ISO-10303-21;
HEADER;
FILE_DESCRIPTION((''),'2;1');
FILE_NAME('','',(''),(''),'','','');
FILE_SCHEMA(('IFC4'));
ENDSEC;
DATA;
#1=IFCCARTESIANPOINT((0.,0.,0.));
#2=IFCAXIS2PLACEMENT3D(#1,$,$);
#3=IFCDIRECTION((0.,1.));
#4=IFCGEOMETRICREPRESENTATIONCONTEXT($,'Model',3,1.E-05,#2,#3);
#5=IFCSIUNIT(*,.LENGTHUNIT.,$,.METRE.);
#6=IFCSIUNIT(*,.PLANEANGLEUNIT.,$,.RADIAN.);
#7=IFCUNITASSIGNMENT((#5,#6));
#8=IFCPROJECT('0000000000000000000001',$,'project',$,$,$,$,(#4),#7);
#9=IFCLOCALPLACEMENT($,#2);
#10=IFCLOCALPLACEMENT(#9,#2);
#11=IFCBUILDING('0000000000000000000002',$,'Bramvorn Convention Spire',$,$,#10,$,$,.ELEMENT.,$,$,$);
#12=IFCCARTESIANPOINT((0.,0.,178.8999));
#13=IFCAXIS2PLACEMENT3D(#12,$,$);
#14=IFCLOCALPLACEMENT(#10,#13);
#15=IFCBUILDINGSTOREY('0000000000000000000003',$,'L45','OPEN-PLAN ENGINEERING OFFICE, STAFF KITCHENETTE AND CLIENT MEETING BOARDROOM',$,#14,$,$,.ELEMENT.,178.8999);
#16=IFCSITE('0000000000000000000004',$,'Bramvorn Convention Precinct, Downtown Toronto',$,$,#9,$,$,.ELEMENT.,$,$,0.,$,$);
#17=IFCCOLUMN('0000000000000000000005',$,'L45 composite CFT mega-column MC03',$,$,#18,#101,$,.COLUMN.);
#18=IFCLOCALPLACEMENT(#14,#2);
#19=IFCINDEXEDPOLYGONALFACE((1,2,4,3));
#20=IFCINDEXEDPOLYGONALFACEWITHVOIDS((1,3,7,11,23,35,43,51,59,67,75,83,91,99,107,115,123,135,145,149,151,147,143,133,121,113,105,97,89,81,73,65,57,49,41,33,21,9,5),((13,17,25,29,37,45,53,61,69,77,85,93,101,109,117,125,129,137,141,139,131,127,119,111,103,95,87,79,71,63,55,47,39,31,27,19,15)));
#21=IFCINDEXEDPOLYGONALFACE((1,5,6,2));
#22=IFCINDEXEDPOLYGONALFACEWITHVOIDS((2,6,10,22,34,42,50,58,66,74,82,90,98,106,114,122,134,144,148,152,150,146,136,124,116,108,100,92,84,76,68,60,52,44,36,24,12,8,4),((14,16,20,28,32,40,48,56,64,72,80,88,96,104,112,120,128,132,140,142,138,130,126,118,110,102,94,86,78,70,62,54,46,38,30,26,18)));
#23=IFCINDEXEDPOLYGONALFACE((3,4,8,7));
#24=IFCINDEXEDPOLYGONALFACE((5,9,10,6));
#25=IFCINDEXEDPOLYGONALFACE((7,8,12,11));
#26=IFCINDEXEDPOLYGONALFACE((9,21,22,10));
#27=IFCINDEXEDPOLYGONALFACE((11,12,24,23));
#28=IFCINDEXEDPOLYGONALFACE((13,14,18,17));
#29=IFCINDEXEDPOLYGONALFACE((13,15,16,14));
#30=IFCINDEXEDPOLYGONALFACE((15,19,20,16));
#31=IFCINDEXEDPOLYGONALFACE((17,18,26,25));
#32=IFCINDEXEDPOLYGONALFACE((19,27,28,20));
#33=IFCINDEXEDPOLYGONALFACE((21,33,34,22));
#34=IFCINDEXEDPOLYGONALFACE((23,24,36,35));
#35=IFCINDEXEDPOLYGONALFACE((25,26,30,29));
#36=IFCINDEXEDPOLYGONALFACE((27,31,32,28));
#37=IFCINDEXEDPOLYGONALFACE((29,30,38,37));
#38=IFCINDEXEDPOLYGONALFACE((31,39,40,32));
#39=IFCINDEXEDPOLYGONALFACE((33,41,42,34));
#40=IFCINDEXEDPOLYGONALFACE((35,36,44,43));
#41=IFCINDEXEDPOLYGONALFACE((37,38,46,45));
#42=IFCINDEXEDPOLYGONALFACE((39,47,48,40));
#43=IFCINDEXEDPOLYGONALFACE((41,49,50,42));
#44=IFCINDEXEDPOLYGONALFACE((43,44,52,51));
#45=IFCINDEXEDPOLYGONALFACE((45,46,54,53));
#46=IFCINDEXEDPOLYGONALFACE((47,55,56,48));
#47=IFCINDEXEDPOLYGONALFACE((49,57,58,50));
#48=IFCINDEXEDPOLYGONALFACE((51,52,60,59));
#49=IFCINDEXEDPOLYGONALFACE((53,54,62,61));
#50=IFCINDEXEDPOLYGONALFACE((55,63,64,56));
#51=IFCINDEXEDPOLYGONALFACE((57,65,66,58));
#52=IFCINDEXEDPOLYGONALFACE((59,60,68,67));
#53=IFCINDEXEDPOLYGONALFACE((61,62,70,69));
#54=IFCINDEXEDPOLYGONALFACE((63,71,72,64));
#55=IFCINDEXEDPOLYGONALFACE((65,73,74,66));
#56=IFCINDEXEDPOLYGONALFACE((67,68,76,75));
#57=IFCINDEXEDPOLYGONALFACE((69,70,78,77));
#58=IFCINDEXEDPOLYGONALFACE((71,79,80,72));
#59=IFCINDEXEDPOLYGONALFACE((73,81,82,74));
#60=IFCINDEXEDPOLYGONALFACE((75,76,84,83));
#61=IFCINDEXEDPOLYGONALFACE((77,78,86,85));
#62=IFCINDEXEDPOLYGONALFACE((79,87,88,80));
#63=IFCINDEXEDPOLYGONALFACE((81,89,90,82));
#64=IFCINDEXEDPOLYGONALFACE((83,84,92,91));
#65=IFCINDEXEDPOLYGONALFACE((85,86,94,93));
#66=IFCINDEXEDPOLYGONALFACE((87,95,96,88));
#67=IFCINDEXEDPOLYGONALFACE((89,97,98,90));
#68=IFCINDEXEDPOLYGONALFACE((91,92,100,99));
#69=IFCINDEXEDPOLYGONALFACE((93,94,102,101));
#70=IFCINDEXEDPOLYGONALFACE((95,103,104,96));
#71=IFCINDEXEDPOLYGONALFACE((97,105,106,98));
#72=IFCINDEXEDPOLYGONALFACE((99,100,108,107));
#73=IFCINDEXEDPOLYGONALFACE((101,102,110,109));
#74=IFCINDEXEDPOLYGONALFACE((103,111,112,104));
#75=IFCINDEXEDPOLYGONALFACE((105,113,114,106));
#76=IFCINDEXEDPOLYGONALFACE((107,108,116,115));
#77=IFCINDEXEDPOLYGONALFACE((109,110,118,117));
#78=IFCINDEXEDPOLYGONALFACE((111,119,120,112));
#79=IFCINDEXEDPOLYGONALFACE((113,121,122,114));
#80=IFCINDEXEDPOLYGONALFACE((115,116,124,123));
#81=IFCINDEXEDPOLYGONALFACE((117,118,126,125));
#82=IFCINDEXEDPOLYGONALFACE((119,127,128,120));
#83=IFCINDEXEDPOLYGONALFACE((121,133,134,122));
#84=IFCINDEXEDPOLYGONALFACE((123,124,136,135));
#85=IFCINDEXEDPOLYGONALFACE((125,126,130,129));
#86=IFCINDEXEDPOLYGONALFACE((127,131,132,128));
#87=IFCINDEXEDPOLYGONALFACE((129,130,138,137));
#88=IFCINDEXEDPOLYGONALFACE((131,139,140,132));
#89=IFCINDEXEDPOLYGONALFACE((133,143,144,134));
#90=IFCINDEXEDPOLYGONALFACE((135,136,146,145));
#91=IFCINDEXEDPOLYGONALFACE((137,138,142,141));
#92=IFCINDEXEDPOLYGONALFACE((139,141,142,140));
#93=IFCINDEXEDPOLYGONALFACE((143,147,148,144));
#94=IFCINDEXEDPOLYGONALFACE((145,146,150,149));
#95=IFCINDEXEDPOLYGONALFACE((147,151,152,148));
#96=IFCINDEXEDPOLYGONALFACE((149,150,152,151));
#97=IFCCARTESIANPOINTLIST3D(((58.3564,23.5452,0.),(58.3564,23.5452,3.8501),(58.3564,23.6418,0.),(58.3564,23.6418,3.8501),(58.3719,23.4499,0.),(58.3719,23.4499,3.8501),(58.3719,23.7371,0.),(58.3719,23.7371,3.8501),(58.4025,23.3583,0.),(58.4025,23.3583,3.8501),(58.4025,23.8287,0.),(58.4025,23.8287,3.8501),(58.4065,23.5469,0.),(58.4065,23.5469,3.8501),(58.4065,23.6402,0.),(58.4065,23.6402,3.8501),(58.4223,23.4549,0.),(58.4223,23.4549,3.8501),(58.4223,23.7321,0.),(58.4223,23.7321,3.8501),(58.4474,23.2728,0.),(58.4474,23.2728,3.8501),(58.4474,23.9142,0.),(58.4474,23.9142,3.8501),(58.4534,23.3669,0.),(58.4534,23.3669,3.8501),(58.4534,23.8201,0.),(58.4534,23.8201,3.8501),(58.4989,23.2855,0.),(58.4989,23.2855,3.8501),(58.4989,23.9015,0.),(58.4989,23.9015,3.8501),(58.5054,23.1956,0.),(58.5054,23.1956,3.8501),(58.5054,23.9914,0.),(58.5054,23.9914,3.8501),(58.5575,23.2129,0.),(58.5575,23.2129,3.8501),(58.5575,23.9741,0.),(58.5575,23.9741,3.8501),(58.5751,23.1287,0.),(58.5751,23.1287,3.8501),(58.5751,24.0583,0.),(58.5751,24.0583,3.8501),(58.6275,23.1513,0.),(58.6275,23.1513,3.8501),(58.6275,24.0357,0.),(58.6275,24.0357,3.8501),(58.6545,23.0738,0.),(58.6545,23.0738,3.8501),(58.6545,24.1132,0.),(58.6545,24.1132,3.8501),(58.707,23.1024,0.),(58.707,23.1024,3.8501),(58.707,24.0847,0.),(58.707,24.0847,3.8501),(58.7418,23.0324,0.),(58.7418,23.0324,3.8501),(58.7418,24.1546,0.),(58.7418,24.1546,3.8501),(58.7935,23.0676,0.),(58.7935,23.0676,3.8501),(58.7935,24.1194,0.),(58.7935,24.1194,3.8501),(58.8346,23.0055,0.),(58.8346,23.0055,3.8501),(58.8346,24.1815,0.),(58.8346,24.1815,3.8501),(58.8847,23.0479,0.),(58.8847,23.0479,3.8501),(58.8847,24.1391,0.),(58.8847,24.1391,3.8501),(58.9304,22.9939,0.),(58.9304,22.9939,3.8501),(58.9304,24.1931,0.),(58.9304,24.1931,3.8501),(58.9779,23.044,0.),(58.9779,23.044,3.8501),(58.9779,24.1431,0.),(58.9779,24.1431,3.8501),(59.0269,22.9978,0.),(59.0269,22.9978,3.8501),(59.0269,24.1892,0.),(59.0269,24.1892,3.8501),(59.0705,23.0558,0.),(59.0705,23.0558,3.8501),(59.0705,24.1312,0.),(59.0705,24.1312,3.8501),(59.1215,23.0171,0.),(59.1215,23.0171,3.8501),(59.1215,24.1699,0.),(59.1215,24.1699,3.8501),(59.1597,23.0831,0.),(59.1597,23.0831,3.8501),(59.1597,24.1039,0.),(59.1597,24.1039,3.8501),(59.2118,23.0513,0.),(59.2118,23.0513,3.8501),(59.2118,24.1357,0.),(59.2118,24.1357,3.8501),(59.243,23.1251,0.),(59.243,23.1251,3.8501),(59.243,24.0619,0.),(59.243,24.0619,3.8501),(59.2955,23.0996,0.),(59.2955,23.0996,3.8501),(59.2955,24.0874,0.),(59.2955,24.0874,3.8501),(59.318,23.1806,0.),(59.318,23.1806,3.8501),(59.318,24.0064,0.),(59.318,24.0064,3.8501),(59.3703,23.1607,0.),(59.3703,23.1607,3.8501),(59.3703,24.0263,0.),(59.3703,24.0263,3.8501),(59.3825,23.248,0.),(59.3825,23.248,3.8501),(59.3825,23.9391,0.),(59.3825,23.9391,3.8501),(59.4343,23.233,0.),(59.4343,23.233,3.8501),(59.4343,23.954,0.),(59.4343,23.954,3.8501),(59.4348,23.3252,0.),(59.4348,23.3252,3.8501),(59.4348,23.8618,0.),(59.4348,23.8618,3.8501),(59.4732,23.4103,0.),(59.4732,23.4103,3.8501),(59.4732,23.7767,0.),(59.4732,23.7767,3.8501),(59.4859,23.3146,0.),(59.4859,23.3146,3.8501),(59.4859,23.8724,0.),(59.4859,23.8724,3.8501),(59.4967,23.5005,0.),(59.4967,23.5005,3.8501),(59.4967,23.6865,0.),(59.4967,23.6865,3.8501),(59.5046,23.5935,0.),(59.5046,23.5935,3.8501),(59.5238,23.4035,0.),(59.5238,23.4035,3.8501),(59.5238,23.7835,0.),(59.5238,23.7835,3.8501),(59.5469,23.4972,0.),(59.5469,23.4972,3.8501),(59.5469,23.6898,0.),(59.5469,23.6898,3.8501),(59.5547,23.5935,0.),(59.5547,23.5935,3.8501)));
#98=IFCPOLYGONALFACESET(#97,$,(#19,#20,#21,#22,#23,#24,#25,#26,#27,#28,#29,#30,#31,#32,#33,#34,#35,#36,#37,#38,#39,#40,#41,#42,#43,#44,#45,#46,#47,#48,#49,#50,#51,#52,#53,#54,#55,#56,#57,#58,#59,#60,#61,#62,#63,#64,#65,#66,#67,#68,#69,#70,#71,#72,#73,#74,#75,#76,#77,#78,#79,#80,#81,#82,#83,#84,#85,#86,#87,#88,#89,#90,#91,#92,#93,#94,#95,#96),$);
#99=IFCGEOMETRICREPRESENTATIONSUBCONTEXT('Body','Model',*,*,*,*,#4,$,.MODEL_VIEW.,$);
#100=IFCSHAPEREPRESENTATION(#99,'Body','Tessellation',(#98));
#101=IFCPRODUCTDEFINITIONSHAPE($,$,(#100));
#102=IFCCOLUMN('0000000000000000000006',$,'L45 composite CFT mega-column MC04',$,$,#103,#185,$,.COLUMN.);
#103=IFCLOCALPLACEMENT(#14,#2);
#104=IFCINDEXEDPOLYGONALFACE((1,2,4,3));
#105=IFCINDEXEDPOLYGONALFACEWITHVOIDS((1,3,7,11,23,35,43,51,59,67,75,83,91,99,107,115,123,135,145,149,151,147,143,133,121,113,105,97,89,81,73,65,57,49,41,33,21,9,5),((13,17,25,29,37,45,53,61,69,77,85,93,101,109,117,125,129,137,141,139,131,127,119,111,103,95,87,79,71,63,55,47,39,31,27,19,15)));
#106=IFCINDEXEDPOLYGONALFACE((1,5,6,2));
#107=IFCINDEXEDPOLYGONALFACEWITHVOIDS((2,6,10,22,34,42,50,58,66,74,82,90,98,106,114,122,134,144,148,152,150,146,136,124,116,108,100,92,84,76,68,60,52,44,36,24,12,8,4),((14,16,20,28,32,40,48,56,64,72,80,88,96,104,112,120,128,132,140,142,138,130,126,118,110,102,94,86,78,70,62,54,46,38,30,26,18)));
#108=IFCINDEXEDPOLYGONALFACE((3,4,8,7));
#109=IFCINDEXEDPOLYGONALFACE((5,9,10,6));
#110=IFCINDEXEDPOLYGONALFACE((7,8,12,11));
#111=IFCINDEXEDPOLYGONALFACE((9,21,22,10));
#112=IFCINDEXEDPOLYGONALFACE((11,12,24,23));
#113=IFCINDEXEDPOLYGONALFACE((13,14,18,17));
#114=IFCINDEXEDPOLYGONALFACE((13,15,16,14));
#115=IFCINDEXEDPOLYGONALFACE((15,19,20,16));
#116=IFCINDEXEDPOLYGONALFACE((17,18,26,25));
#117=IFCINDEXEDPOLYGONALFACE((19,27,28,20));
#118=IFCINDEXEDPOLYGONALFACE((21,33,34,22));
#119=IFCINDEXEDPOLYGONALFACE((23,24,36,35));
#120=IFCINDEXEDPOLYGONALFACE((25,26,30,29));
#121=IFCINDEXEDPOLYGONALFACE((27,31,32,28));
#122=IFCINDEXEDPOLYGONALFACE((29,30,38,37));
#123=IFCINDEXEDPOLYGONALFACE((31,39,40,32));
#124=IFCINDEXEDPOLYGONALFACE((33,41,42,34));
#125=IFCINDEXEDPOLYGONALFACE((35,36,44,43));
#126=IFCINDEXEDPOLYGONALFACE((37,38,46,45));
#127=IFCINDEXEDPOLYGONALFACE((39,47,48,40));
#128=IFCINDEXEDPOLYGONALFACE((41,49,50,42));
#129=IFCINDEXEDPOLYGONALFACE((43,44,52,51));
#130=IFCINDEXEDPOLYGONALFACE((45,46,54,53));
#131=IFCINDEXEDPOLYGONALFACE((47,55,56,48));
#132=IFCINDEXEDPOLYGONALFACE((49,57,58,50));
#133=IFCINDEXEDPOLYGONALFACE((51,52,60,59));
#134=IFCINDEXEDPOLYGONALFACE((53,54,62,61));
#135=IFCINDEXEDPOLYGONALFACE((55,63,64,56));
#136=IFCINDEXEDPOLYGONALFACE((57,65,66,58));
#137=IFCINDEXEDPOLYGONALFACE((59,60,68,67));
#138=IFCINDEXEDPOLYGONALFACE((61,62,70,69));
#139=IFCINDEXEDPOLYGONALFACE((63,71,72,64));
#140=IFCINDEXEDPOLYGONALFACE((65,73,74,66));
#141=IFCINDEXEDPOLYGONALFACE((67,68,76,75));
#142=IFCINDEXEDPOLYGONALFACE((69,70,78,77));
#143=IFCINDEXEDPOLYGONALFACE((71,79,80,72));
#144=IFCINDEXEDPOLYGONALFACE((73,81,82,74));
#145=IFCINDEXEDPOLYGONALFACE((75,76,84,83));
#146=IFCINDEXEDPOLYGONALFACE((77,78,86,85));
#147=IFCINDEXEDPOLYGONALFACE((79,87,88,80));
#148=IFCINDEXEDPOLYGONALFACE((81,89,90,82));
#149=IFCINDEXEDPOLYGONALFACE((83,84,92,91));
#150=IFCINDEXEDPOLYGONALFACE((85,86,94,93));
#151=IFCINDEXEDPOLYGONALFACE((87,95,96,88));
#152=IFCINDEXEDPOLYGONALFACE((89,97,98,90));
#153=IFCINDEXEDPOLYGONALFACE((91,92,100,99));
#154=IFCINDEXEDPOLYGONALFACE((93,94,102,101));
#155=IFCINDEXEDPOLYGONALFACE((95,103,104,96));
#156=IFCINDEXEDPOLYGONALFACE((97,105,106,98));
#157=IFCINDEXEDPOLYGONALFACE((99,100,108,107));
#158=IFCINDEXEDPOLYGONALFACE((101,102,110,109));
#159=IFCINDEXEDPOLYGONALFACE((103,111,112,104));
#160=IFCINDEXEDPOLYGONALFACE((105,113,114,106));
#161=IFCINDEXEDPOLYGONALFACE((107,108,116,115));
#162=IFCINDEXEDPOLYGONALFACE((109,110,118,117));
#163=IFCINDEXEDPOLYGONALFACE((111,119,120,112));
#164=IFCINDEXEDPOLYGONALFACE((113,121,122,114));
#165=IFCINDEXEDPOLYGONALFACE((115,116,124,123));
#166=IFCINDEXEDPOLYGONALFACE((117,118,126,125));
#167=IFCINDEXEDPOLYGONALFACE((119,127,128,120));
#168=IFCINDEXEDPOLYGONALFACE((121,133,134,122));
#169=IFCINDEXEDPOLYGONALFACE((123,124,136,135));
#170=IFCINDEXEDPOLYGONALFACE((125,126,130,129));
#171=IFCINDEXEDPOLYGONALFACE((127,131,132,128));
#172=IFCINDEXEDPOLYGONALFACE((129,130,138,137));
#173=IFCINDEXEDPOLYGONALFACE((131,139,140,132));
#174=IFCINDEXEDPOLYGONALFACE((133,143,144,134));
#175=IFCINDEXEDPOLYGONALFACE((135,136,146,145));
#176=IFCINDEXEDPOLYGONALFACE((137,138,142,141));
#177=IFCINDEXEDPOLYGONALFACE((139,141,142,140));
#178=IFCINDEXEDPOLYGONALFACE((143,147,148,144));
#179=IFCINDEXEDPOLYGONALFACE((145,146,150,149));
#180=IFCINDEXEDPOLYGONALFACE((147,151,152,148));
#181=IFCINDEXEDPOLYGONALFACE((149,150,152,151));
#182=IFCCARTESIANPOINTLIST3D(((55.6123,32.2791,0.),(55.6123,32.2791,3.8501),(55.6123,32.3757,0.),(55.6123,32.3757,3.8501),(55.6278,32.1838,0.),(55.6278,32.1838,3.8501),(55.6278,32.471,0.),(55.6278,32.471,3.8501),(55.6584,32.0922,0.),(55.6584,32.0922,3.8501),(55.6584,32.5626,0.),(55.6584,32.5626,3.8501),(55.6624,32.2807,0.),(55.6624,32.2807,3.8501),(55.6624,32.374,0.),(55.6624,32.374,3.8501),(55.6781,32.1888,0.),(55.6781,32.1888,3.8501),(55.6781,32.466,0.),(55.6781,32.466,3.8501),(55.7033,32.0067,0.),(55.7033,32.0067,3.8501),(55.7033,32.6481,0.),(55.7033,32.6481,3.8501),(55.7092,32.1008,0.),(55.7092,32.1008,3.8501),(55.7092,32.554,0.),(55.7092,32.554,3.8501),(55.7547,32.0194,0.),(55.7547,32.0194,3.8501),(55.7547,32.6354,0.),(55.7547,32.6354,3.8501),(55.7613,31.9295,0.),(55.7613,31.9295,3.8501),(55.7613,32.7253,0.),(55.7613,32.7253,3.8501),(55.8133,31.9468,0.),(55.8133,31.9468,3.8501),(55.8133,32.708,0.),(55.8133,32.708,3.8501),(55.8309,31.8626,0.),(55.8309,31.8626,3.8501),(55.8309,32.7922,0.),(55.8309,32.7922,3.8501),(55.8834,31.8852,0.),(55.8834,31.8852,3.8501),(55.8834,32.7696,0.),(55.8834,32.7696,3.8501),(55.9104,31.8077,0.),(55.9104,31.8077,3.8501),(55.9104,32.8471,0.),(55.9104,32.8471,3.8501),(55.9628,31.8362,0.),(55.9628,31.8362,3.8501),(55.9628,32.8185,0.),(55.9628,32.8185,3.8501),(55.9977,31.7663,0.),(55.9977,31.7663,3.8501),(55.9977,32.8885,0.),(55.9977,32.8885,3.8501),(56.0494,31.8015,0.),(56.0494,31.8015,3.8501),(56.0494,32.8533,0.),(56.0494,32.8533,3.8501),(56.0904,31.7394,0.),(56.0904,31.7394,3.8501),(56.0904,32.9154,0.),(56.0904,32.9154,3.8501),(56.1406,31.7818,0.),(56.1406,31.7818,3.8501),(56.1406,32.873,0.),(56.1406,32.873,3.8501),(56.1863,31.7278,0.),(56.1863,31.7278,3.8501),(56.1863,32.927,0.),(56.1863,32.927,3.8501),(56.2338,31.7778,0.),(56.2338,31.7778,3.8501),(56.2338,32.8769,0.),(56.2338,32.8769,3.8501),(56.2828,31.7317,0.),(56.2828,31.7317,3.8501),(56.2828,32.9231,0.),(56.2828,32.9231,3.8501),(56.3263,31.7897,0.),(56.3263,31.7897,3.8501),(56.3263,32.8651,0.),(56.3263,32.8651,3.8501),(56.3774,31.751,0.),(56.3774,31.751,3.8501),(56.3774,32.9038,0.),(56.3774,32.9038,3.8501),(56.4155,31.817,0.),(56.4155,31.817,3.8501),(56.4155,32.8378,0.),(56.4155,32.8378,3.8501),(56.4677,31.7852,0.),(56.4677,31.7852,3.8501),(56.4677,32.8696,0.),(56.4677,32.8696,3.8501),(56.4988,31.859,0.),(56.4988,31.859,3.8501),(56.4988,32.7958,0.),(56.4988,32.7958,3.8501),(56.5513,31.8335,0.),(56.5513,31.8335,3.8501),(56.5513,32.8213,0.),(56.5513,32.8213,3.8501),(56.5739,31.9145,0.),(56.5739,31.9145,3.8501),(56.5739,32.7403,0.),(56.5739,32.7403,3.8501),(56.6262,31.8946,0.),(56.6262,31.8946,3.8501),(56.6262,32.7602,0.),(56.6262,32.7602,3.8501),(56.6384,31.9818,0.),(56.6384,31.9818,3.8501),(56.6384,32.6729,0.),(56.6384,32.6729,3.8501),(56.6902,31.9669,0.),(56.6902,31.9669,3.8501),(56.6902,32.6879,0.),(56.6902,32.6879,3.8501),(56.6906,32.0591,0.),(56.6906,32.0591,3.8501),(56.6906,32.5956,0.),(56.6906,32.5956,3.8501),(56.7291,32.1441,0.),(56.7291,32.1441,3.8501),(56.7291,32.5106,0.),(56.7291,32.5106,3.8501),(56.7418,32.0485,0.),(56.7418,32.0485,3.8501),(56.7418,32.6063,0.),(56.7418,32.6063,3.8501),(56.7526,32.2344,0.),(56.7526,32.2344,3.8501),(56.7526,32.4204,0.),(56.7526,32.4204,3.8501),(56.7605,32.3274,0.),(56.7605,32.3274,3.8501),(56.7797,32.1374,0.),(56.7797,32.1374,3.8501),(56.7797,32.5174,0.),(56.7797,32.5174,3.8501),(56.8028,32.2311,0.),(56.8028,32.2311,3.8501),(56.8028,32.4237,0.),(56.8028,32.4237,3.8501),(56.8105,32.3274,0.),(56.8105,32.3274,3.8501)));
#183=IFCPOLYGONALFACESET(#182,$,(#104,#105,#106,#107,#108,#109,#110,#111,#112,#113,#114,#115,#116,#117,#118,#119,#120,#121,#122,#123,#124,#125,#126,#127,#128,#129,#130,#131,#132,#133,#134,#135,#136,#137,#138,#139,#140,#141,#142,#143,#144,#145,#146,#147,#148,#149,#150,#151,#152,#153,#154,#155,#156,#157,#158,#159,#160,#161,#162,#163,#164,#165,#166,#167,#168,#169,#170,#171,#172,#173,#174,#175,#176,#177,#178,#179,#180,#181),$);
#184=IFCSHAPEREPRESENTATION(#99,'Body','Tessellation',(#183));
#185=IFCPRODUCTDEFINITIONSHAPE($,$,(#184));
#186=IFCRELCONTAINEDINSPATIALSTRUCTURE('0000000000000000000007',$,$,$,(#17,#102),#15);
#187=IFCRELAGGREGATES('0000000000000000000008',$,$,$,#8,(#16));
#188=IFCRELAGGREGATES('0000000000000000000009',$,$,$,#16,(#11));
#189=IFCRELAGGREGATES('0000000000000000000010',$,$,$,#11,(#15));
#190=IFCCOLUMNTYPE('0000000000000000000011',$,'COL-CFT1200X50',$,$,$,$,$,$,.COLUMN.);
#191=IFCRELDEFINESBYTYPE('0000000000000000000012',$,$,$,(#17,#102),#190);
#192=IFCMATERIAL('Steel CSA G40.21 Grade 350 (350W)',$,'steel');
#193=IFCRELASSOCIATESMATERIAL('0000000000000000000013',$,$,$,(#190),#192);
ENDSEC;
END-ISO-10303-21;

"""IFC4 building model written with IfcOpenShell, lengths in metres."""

from ifc_helpers import new_model, si_unit, direction, frame, origin, origin_2d, place, context, subcontext, project, spatial, hollow_circle, extrude, material, material_profile, profile_set, type_object, element, save


model = new_model("IFC4")

# Units and contexts
model_context = context("Model", 3, precision=1e-05, world=origin(), true_north=direction((0.0, 1.0)))
body_context = subcontext(model_context, "Body", "Model", "MODEL_VIEW")
ifc_project = project(units=[si_unit("LENGTHUNIT", "METRE"), si_unit("PLANEANGLEUNIT", "RADIAN")], contexts=[model_context])

# Site, building, storey
site_placement = place(None, origin())
site = spatial("IfcSite", under=ifc_project, at=site_placement, Name="Bramvorn Convention Precinct, Downtown Toronto", CompositionType="ELEMENT", RefElevation=0.0)
building_placement = place(site_placement, origin())
building = spatial("IfcBuilding", under=site, at=building_placement, Name="Bramvorn Convention Spire", CompositionType="ELEMENT")
storey_placement = place(building_placement, frame((0.0, 0.0, 178.8999)))
storey = spatial("IfcBuildingStorey", under=building, at=storey_placement, Name="L45", Description="OPEN-PLAN ENGINEERING OFFICE, STAFF KITCHENETTE AND CLIENT MEETING BOARDROOM", CompositionType="ELEMENT", Elevation=178.8999)

# Columns
ifc_material_1 = material(Name="Steel CSA G40.21 Grade 350 (350W)", Category="steel")
ifc_material_profile_1 = material_profile(ifc_material_1, hollow_circle(Radius=0.6001, WallThickness=0.05, at=origin_2d()))
ifc_profile_set_1 = profile_set([ifc_material_profile_1], Name="Steel CSA G40.21 Grade 350 (350W) - CFT1200X50")
column_type = type_object("IfcColumnType", Name="COL-CFT1200X50", PredefinedType="COLUMN", material=ifc_profile_set_1)
for number, where, z_axis, x_axis, name in (
    (1, (58.9546, 23.5935, 0.0), (0.0, 0.0, 1.0), (1.0, 0.0, 0.0), "L45 composite CFT mega-column MC03"),
    (2, (56.2104, 32.3274, 0.0), (0.0, 0.0, 1.0), (1.0, 0.0, 0.0), "L45 composite CFT mega-column MC04"),
):
    element("IfcColumn", number, at=place(storey_placement, frame(where, z_axis=z_axis, x_axis=x_axis)), inside=storey, type_object=column_type, Name=name, PredefinedType="COLUMN", context=body_context, shape_type="SweptSolid", body=[
        extrude(hollow_circle(Radius=0.6001, WallThickness=0.05, at=origin_2d()), origin(), (0.0, 0.0, 1.0), 3.8501),
    ])

save(model, "model.ifc")
